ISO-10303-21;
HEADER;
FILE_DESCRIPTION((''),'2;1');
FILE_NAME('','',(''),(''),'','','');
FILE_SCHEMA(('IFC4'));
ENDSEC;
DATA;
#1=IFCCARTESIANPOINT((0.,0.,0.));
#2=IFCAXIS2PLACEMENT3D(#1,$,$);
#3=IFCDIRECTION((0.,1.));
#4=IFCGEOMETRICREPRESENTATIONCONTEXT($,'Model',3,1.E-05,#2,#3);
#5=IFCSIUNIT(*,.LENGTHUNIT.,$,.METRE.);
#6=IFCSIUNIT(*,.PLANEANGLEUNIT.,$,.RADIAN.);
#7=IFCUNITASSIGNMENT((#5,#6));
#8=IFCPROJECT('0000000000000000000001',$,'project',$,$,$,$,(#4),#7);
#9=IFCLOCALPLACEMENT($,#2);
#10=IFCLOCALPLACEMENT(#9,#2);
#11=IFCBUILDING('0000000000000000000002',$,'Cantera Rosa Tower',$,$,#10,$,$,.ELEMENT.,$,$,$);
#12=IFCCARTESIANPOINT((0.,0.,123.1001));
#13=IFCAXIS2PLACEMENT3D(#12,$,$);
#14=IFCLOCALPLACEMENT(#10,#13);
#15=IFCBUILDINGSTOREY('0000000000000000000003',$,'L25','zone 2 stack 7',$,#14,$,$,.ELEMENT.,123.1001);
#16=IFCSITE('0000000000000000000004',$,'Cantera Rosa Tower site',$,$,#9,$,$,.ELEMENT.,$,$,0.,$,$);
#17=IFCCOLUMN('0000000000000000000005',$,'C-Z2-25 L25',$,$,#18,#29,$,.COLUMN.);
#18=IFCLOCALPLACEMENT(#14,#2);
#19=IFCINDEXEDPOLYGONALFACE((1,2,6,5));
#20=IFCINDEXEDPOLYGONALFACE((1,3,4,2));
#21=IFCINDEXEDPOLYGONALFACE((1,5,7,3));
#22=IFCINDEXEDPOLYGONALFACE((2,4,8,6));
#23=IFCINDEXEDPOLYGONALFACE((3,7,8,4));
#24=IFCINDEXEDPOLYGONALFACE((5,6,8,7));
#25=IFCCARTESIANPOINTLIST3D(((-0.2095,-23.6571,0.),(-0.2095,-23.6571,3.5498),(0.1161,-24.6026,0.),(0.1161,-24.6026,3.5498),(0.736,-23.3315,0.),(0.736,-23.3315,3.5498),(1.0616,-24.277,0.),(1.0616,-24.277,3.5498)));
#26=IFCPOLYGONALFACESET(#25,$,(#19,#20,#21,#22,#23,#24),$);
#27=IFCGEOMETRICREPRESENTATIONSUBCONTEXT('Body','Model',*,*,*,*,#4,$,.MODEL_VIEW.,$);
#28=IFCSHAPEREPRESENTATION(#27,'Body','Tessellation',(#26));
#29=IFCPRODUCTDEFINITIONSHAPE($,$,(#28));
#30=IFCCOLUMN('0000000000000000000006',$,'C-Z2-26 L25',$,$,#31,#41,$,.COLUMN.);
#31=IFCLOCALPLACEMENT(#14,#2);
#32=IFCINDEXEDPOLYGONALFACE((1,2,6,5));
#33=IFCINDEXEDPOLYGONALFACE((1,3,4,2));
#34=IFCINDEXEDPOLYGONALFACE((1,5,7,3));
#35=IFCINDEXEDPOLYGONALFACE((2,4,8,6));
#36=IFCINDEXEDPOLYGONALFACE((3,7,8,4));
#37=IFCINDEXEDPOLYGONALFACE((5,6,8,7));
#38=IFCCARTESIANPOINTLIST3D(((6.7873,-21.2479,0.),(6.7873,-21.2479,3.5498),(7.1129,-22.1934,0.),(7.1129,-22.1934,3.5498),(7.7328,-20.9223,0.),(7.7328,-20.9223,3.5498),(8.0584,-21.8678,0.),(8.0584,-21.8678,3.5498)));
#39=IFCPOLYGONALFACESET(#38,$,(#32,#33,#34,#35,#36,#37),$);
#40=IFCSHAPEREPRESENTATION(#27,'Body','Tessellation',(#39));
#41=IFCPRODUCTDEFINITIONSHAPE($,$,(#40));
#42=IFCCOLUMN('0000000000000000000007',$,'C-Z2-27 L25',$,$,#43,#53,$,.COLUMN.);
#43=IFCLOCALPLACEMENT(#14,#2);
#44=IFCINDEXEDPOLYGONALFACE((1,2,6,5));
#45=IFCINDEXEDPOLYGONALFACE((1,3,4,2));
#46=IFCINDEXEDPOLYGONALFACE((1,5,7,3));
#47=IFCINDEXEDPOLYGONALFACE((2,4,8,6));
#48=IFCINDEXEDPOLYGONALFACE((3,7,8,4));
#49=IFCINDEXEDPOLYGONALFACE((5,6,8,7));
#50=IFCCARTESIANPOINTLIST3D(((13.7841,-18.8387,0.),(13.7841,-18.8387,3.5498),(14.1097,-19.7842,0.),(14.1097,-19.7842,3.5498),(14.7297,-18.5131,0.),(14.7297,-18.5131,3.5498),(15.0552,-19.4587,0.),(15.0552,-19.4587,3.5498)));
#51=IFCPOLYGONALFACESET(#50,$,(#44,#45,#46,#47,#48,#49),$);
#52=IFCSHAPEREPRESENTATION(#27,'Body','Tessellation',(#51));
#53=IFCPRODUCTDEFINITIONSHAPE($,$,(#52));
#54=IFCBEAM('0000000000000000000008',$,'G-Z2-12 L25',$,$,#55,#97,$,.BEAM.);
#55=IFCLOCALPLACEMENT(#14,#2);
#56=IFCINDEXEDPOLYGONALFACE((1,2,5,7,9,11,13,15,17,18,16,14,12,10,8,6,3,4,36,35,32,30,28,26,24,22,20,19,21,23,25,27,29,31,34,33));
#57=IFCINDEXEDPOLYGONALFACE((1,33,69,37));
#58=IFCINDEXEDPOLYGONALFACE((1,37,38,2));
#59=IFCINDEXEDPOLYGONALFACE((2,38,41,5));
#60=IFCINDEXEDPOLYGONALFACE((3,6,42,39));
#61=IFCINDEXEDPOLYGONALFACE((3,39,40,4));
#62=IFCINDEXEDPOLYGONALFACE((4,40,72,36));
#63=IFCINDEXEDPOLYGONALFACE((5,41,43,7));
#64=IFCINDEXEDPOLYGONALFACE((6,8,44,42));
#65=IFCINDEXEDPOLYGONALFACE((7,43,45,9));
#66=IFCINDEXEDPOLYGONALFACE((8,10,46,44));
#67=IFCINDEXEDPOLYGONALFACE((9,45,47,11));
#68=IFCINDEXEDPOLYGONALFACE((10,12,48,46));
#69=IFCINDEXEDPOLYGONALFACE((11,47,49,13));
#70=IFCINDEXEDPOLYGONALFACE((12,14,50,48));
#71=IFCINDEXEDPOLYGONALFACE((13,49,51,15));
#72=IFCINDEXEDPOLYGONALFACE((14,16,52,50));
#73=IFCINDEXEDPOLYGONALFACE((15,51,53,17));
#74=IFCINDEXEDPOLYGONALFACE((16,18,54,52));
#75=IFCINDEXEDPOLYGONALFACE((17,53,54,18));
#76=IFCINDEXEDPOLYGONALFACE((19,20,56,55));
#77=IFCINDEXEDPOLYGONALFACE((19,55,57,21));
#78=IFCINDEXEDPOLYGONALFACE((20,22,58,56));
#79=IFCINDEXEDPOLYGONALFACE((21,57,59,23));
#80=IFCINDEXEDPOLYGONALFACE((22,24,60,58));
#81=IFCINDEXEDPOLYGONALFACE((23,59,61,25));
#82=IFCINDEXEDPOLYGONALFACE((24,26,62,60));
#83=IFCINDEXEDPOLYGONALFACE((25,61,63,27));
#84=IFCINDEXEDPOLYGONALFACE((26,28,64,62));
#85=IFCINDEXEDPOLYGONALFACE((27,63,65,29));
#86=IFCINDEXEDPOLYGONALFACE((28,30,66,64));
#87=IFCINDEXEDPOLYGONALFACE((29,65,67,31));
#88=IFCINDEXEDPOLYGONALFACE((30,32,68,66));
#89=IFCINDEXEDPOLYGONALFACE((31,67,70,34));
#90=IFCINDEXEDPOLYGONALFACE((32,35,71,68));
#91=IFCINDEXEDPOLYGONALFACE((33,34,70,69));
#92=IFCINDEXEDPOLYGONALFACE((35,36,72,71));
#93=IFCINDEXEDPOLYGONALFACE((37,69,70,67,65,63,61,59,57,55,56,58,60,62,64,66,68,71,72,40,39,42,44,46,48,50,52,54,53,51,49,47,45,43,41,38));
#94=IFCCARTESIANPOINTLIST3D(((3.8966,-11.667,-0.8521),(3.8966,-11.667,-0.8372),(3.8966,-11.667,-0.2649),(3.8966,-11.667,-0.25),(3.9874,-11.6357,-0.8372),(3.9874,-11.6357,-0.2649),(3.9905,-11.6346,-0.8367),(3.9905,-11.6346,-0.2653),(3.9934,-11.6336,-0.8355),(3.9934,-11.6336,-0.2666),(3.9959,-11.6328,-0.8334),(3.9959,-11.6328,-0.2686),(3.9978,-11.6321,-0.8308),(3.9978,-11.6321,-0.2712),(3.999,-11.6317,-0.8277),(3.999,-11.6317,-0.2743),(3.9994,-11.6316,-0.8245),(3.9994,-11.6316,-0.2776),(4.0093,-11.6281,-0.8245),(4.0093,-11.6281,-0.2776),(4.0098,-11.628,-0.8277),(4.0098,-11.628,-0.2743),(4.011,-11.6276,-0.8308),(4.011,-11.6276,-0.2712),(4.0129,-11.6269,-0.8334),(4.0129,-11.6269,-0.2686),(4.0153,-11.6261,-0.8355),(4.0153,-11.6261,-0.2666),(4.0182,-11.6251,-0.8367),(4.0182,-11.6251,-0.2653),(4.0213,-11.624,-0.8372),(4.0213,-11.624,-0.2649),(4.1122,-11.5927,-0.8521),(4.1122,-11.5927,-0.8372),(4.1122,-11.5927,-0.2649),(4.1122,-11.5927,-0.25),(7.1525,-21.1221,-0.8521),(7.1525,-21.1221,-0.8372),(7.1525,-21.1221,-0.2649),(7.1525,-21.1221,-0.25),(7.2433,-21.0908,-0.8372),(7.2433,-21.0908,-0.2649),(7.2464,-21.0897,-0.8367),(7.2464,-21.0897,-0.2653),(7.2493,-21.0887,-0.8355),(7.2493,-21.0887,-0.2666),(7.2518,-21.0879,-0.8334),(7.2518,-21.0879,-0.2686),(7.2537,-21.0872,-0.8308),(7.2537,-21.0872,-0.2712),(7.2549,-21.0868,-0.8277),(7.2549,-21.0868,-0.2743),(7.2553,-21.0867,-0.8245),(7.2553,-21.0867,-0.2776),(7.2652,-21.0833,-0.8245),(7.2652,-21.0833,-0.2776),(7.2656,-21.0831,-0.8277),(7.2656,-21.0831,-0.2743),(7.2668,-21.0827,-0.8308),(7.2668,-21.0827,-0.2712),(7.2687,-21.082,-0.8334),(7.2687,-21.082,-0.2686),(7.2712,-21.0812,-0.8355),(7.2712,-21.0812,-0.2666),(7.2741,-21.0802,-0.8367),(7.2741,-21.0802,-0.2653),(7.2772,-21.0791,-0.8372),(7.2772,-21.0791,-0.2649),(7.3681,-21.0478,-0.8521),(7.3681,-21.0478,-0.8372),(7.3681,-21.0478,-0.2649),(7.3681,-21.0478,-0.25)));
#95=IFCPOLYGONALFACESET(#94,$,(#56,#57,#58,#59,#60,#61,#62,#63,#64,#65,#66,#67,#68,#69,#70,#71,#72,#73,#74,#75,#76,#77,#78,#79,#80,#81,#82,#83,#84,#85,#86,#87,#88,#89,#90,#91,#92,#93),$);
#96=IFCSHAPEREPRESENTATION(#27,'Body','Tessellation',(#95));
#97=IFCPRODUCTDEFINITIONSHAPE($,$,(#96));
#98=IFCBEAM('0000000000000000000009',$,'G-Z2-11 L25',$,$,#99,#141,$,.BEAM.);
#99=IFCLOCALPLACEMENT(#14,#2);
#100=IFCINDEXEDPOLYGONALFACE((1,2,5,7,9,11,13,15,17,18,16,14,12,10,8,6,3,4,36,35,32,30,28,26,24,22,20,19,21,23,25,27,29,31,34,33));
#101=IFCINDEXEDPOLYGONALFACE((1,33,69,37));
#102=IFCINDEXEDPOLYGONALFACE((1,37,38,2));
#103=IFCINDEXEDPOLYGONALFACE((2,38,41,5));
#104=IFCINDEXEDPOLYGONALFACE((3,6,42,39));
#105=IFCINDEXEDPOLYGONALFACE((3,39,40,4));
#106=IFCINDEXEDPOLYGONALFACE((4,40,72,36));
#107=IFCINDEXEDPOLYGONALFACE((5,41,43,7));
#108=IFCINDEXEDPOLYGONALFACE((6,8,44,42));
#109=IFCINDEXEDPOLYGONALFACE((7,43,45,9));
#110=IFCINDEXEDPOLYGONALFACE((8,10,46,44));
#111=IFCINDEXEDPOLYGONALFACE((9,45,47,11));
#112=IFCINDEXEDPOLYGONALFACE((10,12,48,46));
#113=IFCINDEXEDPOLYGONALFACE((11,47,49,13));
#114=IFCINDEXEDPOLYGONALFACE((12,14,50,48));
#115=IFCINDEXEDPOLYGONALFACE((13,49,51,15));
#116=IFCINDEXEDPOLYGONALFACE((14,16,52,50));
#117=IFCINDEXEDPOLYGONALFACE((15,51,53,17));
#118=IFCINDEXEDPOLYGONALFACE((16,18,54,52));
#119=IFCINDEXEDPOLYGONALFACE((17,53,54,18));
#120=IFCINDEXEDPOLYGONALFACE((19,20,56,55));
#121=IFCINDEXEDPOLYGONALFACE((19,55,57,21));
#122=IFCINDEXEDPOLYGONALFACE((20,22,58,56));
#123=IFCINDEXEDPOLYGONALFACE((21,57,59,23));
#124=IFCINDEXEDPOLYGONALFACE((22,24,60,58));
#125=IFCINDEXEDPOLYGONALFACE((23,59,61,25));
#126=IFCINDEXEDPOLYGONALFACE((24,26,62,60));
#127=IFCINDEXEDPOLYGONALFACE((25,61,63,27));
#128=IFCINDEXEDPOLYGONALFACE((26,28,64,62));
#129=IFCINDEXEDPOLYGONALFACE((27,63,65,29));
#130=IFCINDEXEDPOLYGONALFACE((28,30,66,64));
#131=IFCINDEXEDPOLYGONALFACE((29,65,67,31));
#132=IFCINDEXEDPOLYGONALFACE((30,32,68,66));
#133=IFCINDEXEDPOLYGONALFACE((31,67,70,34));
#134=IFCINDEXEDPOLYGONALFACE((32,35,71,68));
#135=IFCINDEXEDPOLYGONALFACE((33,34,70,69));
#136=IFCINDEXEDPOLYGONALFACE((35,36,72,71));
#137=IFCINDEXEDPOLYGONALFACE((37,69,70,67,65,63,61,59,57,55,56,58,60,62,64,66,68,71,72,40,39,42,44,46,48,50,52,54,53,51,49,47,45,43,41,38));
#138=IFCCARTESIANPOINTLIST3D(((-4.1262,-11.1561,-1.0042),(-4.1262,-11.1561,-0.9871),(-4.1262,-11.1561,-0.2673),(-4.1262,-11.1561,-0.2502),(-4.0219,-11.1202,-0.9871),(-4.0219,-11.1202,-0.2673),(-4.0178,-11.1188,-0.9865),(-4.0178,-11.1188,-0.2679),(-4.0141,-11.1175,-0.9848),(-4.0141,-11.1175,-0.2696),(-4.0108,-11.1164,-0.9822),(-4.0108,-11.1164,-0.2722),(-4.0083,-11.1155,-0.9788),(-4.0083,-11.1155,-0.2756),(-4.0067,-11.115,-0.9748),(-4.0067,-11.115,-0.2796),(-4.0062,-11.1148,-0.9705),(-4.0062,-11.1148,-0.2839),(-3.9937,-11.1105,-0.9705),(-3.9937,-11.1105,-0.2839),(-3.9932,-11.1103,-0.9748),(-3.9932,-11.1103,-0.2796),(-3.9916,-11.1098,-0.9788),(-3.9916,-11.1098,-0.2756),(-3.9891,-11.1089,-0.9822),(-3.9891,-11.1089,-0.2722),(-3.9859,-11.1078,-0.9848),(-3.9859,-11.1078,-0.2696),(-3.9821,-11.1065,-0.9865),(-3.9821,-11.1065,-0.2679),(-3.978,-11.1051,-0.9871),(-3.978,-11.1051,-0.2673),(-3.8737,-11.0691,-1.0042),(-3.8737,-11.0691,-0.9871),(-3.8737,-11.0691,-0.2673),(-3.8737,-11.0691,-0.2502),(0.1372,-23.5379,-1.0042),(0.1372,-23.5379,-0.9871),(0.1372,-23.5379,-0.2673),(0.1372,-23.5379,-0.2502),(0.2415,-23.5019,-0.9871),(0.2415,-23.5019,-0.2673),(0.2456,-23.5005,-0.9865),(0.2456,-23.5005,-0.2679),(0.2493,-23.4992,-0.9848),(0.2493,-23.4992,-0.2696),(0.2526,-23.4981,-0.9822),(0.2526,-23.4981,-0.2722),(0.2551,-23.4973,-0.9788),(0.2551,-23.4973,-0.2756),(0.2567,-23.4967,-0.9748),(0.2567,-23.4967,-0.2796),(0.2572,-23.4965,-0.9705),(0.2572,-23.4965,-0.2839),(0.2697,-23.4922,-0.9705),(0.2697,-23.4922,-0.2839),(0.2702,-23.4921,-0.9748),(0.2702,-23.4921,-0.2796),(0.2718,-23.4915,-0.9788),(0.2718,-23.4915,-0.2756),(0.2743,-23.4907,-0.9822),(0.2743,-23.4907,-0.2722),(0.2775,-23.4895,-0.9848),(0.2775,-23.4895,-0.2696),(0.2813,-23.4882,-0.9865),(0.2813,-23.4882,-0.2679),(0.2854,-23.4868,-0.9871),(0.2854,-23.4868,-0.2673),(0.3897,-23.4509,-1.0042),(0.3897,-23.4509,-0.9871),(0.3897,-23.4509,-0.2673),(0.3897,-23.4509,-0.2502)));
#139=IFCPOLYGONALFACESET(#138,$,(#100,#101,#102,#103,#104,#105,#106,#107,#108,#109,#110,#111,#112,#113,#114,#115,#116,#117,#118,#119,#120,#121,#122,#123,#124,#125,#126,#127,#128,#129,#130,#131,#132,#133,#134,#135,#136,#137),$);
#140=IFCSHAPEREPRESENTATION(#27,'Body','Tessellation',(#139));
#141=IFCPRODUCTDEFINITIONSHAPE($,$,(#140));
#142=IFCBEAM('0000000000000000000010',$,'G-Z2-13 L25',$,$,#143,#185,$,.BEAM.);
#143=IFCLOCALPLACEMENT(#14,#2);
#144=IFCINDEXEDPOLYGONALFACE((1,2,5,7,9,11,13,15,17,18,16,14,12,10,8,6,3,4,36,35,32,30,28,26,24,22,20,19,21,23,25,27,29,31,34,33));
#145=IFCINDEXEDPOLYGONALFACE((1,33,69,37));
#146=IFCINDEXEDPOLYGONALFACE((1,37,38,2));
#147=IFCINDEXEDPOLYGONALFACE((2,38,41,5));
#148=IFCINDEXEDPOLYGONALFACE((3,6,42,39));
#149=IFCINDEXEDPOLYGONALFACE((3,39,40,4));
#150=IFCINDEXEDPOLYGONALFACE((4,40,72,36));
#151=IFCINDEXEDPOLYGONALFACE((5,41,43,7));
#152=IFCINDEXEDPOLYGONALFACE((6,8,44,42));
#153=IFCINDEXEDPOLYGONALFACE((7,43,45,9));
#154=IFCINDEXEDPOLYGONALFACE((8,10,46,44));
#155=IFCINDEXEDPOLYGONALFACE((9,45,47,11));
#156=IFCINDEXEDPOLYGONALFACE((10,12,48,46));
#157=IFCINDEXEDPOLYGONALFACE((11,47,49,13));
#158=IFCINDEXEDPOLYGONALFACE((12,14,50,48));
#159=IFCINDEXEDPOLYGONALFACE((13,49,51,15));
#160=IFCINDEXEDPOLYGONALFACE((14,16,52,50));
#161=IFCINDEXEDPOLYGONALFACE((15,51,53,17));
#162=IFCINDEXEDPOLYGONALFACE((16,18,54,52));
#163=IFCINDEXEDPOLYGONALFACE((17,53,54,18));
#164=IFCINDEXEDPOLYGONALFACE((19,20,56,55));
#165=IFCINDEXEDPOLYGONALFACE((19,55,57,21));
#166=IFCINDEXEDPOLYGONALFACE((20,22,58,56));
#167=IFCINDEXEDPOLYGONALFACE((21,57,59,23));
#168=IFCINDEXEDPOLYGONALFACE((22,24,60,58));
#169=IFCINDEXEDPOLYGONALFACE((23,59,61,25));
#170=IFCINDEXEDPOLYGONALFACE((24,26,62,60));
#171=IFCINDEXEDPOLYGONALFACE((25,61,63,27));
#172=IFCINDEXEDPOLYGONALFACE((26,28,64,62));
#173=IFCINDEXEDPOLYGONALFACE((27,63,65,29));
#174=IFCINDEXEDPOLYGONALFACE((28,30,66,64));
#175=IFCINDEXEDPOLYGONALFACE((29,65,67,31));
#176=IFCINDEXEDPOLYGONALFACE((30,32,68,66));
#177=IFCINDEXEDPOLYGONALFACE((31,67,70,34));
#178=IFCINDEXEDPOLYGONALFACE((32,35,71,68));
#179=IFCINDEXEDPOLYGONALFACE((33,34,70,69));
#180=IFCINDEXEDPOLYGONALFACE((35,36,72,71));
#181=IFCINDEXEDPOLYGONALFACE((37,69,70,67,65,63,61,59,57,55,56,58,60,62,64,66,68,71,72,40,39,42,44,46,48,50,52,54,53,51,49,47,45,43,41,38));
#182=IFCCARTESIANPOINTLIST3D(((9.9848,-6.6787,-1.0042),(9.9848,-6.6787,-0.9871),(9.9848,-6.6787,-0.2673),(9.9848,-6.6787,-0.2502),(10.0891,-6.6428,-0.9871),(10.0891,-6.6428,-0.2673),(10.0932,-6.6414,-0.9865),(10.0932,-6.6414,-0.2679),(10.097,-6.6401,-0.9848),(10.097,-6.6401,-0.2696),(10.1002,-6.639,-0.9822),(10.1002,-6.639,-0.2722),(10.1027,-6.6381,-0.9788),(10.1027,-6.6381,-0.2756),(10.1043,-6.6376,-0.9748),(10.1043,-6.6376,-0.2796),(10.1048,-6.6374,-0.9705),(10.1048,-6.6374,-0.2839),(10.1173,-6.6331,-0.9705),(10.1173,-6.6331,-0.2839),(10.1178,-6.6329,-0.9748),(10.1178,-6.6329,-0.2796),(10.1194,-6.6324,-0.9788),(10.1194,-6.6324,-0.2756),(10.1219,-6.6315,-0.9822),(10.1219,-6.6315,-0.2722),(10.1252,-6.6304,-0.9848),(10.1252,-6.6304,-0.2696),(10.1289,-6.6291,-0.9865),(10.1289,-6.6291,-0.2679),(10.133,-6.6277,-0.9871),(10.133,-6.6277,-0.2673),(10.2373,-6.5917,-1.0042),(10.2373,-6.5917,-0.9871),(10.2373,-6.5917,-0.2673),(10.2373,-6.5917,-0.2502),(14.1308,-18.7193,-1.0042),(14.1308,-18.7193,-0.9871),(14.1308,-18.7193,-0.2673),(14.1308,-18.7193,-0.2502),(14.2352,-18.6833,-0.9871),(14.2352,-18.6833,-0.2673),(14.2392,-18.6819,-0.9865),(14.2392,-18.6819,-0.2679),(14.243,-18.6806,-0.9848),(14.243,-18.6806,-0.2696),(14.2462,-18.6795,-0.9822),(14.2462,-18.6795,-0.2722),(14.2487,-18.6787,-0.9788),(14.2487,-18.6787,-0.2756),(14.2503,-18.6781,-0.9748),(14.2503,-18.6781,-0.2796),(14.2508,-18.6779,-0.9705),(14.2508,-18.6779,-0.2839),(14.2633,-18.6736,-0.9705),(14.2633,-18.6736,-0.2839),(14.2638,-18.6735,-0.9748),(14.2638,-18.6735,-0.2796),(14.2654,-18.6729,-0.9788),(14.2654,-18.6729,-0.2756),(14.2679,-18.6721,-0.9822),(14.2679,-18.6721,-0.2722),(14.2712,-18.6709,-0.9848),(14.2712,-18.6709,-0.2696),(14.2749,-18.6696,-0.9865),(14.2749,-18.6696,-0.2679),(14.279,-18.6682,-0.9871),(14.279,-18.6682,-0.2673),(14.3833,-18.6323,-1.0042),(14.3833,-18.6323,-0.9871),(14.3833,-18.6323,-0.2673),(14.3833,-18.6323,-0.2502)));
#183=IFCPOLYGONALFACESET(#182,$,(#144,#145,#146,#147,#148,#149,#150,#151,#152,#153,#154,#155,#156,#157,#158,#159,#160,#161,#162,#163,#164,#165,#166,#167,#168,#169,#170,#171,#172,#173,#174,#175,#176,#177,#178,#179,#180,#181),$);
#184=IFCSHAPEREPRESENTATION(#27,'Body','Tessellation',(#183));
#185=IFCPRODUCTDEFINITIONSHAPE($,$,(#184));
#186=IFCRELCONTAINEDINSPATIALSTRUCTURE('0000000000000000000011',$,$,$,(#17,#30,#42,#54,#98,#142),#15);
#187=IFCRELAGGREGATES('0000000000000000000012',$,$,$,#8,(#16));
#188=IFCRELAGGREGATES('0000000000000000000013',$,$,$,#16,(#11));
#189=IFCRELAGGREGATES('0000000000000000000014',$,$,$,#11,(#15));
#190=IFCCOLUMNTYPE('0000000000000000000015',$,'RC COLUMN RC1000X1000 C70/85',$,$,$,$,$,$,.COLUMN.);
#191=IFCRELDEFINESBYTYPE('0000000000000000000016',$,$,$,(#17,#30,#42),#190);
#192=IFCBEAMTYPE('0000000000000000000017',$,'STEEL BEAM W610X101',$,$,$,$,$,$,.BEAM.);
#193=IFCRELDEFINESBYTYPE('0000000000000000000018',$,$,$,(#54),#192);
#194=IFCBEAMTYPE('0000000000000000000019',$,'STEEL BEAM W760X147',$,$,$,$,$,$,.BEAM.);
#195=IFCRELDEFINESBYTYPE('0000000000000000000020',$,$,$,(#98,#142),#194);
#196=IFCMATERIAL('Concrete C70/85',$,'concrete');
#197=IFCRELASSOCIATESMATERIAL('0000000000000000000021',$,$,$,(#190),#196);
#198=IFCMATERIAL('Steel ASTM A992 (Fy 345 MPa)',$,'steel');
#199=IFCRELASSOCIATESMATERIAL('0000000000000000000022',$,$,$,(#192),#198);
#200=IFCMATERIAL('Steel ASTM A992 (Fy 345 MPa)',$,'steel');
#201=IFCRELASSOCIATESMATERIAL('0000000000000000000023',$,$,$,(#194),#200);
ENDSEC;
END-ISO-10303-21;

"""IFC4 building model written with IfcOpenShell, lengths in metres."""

from ifc_helpers import new_model, si_unit, direction, frame, origin, origin_2d, place, context, subcontext, project, spatial, rectangle, i_section, extrude, material, material_profile, profile_set, type_object, element, save


model = new_model("IFC4")

# Units and contexts
model_context = context("Model", 3, precision=1e-05, world=origin(), true_north=direction((0.0, 1.0)))
body_context = subcontext(model_context, "Body", "Model", "MODEL_VIEW")
ifc_project = project(units=[si_unit("LENGTHUNIT", "METRE"), si_unit("PLANEANGLEUNIT", "RADIAN")], contexts=[model_context])

# Site, building, storey
site_placement = place(None, origin())
site = spatial("IfcSite", under=ifc_project, at=site_placement, Name="Cantera Rosa Tower site", CompositionType="ELEMENT", RefElevation=0.0)
building_placement = place(site_placement, origin())
building = spatial("IfcBuilding", under=site, at=building_placement, Name="Cantera Rosa Tower", CompositionType="ELEMENT")
storey_placement = place(building_placement, frame((0.0, 0.0, 123.1001)))
storey = spatial("IfcBuildingStorey", under=building, at=storey_placement, Name="L25", Description="zone 2 stack 7", CompositionType="ELEMENT", Elevation=123.1001)

# Columns
ifc_material_1 = material(Name="Concrete C70/85", Category="concrete")
ifc_material_profile_1 = material_profile(ifc_material_1, rectangle(XDim=1.0, YDim=1.0, at=origin_2d()), Name="RC COLUMN RC1000X1000 C70/85")
ifc_profile_set_1 = profile_set([ifc_material_profile_1], Name="Concrete C70/85")
column_type = type_object("IfcColumnType", Name="RC COLUMN RC1000X1000 C70/85", PredefinedType="COLUMN", material=ifc_profile_set_1)
for number, where, z_axis, x_axis, name in (
    (1, (0.426, -23.967, 0.0), (0.0, 0.0, 1.0), (0.945519, 0.325568, 0.0), "C-Z2-25 L25"),
    (2, (7.4229, -21.5579, 0.0), (0.0, 0.0, 1.0), (0.945519, 0.325568, 0.0), "C-Z2-26 L25"),
    (3, (14.4197, -19.1487, 0.0), (0.0, 0.0, 1.0), (0.945519, 0.325568, 0.0), "C-Z2-27 L25"),
):
    element("IfcColumn", number, at=place(storey_placement, frame(where, z_axis=z_axis, x_axis=x_axis)), inside=storey, type_object=column_type, Name=name, PredefinedType="COLUMN", context=body_context, shape_type="SweptSolid", body=[
        extrude(rectangle(XDim=1.0, YDim=1.0, at=origin_2d()), origin(), (0.0, 0.0, 1.0), 3.5498),
    ])

# Beams
ifc_material_2 = material(Name="Steel ASTM A992 (Fy 345 MPa)", Category="steel")
ifc_material_profile_2 = material_profile(ifc_material_2, i_section(OverallWidth=0.228, OverallDepth=0.6021, WebThickness=0.0105, FlangeThickness=0.0149, FilletRadius=0.0127, at=origin_2d()), Name="W610X101")
ifc_profile_set_2 = profile_set([ifc_material_profile_2], Name="Steel ASTM A992 (Fy 345 MPa)")
beam_type_1 = type_object("IfcBeamType", Name="STEEL BEAM W610X101", PredefinedType="BEAM", material=ifc_profile_set_2)
beam_1_placement = place(storey_placement, frame((7.2603, -21.085, -0.551), z_axis=(-0.325587, 0.945512, 0.0), x_axis=(-0.945512, -0.325587, 0.0)))
element("IfcBeam", 4, at=beam_1_placement, inside=storey, type_object=beam_type_1, Name="G-Z2-12 L25", PredefinedType="BEAM", context=body_context, shape_type="SweptSolid", body=[
    extrude(i_section(OverallWidth=0.228, OverallDepth=0.6021, WebThickness=0.0105, FlangeThickness=0.0149, FilletRadius=0.0127, at=origin_2d()), origin(), (0.0, 0.0, 1.0), 10.0),
])
ifc_material_3 = material(Name="Steel ASTM A992 (Fy 345 MPa)", Category="steel")
ifc_material_profile_3 = material_profile(ifc_material_3, i_section(OverallWidth=0.2671, OverallDepth=0.7539, WebThickness=0.0132, FlangeThickness=0.0171, FilletRadius=0.0166, at=origin_2d()), Name="W760X147")
ifc_profile_set_3 = profile_set([ifc_material_profile_3], Name="Steel ASTM A992 (Fy 345 MPa)")
beam_type_2 = type_object("IfcBeamType", Name="STEEL BEAM W760X147", PredefinedType="BEAM", material=ifc_profile_set_3)
beam_2_placement = place(storey_placement, frame((0.2634, -23.4944, -0.6272), z_axis=(-0.32557, 0.945518, 0.0), x_axis=(-0.945518, -0.32557, 0.0)))
element("IfcBeam", 5, at=beam_2_placement, inside=storey, type_object=beam_type_2, Name="G-Z2-11 L25", PredefinedType="BEAM", context=body_context, shape_type="SweptSolid", body=[
    extrude(i_section(OverallWidth=0.2671, OverallDepth=0.7539, WebThickness=0.0132, FlangeThickness=0.0171, FilletRadius=0.0166, at=origin_2d()), origin(), (0.0, 0.0, 1.0), 13.0952),
])
beam_3_placement = place(storey_placement, frame((14.2571, -18.6758, -0.6272), z_axis=(-0.325576, 0.945516, 0.0), x_axis=(-0.945516, -0.325576, 0.0)))
element("IfcBeam", 6, at=beam_3_placement, inside=storey, type_object=beam_type_2, Name="G-Z2-13 L25", PredefinedType="BEAM", context=body_context, shape_type="SweptSolid", body=[
    extrude(i_section(OverallWidth=0.2671, OverallDepth=0.7539, WebThickness=0.0132, FlangeThickness=0.0171, FilletRadius=0.0166, at=origin_2d()), origin(), (0.0, 0.0, 1.0), 12.7344),
])

save(model, "model.ifc")
